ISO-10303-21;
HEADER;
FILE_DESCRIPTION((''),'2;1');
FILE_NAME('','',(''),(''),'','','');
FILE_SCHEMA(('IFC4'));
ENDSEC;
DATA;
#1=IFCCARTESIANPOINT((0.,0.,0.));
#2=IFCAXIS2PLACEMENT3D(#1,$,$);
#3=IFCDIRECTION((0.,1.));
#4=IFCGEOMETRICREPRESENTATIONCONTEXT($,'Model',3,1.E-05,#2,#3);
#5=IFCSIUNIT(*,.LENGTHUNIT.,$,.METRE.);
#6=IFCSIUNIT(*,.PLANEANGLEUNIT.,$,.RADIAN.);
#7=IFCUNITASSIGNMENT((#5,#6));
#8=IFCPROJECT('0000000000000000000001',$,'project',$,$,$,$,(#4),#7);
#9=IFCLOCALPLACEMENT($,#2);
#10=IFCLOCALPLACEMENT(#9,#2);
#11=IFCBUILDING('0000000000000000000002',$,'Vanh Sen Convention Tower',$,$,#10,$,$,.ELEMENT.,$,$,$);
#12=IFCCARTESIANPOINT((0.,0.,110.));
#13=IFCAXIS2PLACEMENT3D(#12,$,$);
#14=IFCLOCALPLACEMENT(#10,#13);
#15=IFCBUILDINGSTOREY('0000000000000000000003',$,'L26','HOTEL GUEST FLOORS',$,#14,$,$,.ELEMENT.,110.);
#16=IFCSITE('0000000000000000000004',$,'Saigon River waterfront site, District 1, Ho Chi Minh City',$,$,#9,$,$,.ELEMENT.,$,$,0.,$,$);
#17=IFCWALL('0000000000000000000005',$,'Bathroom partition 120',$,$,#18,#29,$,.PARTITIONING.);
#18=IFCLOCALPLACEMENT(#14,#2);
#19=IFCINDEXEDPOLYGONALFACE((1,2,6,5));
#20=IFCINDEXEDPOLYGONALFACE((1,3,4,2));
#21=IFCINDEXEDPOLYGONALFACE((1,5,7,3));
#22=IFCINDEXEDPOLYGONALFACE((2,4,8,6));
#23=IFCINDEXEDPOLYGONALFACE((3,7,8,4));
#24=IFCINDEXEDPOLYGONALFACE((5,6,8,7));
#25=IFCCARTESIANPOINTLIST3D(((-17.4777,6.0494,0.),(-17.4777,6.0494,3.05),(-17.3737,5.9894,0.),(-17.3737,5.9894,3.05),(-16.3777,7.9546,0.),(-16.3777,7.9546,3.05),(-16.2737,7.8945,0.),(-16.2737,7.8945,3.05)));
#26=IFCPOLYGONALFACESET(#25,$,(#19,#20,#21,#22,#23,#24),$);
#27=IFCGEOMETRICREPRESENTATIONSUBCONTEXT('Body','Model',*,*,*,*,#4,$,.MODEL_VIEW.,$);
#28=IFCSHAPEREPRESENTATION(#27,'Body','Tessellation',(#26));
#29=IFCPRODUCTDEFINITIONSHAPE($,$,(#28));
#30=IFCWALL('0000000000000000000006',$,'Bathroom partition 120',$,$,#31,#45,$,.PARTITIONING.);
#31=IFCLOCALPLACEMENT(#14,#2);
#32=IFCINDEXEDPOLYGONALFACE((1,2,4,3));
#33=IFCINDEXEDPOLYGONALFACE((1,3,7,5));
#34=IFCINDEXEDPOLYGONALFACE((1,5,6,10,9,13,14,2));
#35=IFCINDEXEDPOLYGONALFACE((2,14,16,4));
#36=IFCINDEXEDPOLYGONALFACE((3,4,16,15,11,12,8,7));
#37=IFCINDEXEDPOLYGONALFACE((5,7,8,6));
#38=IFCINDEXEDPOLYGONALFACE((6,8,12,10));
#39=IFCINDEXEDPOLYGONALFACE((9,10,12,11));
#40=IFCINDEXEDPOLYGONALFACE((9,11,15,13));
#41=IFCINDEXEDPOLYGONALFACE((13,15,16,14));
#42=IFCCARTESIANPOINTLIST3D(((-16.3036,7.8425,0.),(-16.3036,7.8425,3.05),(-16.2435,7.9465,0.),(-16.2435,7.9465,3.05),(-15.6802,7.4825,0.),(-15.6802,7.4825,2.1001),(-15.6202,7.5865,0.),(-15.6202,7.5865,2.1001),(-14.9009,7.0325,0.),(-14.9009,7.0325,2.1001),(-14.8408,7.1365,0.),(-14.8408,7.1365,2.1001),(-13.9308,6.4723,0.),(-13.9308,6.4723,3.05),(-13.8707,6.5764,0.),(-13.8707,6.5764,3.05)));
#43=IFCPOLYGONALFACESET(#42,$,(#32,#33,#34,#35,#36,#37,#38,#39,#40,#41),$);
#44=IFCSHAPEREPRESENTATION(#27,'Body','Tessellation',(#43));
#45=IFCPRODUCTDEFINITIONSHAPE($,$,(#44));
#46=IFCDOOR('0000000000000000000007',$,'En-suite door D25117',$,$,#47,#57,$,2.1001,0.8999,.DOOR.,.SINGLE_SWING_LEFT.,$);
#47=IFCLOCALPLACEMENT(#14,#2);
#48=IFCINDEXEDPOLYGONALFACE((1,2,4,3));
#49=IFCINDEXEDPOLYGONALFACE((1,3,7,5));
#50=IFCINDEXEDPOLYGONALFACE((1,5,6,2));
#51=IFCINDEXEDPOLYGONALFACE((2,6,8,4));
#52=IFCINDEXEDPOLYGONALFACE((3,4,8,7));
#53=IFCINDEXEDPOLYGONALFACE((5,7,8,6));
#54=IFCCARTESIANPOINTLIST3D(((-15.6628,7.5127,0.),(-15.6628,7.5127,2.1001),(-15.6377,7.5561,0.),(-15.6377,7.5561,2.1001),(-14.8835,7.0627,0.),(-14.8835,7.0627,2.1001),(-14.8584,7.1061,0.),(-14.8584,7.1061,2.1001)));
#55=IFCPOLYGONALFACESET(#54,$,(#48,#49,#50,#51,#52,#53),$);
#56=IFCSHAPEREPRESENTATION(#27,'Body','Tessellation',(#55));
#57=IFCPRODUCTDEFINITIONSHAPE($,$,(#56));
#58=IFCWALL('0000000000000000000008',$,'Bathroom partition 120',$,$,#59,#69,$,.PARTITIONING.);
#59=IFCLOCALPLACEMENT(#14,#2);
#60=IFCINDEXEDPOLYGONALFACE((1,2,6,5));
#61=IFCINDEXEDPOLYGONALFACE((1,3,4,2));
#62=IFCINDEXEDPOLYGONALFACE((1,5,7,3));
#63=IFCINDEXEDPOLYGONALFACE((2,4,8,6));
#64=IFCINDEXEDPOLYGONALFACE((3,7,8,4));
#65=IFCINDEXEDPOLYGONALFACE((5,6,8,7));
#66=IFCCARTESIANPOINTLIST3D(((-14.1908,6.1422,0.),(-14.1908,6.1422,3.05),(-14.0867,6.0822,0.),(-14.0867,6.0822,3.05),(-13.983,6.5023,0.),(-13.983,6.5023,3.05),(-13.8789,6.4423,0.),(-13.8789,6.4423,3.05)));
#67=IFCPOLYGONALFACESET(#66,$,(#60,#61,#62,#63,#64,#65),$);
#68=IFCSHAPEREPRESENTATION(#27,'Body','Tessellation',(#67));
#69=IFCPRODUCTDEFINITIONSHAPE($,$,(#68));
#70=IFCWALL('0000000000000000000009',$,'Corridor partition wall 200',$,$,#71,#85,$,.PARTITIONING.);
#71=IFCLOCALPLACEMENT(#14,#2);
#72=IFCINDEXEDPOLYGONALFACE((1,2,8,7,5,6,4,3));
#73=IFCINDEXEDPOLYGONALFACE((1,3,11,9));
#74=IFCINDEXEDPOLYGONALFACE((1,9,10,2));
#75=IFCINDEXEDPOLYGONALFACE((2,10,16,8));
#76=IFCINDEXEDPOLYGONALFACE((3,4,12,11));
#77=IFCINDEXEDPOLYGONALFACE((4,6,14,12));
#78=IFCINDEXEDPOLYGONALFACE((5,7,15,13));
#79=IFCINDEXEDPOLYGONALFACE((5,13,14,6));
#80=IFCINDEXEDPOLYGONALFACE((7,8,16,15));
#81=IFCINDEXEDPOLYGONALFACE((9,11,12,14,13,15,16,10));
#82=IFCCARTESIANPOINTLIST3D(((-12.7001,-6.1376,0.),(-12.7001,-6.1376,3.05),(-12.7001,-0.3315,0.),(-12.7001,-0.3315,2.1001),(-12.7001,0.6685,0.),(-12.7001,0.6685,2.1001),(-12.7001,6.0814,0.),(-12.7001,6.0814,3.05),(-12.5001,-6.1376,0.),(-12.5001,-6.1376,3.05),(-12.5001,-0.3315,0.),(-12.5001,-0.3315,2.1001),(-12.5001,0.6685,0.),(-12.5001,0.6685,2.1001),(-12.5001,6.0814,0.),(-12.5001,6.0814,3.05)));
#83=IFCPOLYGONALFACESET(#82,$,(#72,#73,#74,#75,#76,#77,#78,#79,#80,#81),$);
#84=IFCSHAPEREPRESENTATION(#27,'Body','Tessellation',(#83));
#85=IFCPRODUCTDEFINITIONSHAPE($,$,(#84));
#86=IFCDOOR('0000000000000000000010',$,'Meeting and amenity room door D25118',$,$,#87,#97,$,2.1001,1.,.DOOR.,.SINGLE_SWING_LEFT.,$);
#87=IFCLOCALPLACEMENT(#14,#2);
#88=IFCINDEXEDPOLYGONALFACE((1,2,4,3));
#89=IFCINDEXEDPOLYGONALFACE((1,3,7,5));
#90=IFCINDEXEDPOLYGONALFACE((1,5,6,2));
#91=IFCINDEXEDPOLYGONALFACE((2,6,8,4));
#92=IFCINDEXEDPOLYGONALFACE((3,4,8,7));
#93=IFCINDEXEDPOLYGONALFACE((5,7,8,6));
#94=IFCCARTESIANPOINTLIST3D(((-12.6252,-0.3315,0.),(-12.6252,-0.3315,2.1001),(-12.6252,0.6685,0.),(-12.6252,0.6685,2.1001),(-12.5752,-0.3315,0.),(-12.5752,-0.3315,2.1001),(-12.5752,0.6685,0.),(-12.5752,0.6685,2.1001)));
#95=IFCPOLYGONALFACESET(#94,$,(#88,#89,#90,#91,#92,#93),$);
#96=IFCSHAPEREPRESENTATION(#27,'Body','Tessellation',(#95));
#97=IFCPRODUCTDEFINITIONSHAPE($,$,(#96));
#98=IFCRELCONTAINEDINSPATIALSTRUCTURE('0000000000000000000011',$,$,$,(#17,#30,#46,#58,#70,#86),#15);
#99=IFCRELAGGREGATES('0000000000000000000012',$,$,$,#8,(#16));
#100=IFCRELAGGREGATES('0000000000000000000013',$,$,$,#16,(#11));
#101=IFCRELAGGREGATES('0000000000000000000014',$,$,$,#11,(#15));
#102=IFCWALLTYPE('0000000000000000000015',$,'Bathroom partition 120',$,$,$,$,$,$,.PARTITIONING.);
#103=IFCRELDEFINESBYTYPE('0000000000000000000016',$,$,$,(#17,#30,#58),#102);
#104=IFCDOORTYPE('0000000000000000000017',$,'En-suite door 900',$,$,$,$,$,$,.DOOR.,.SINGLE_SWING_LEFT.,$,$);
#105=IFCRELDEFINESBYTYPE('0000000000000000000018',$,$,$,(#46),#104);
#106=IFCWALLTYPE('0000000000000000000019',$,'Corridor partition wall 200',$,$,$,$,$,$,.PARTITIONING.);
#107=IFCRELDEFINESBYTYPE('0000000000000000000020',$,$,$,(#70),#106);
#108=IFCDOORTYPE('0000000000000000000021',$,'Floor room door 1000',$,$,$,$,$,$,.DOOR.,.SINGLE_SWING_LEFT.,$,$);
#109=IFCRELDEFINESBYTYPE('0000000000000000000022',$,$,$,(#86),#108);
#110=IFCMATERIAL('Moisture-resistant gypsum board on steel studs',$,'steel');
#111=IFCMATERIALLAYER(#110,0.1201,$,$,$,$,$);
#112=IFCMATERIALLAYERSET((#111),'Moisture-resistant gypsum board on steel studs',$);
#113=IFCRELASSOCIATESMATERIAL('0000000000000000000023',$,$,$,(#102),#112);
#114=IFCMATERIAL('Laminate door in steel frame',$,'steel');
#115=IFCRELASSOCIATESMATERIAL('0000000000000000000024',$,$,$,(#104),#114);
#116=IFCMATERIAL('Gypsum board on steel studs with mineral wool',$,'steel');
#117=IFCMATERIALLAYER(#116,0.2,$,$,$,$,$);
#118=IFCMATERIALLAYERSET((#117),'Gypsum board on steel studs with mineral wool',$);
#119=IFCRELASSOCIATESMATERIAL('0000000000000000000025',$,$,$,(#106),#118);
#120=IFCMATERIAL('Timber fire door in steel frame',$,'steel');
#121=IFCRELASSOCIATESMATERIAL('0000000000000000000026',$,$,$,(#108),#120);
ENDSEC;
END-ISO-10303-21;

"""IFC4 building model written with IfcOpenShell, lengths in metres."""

from ifc_helpers import new_model, si_unit, direction, frame, frame_2d, origin, place, context, subcontext, project, spatial, rectangle, extrude, material, layer, layer_set, type_object, element, fill, save


model = new_model("IFC4")

# Units and contexts
model_context = context("Model", 3, precision=1e-05, world=origin(), true_north=direction((0.0, 1.0)))
body_context = subcontext(model_context, "Body", "Model", "MODEL_VIEW")
ifc_project = project(units=[si_unit("LENGTHUNIT", "METRE"), si_unit("PLANEANGLEUNIT", "RADIAN")], contexts=[model_context])

# Site, building, storey
site_placement = place(None, origin())
site = spatial("IfcSite", under=ifc_project, at=site_placement, Name="Saigon River waterfront site, District 1, Ho Chi Minh City", CompositionType="ELEMENT", RefElevation=0.0)
building_placement = place(site_placement, origin())
building = spatial("IfcBuilding", under=site, at=building_placement, Name="Vanh Sen Convention Tower", CompositionType="ELEMENT")
storey_placement = place(building_placement, frame((0.0, 0.0, 110.0)))
storey = spatial("IfcBuildingStorey", under=building, at=storey_placement, Name="L26", Description="HOTEL GUEST FLOORS", CompositionType="ELEMENT", Elevation=110.0)

# Wall
ifc_material_1 = material(Name="Moisture-resistant gypsum board on steel studs", Category="steel")
ifc_layer_1 = layer(ifc_material_1, 0.1201)
ifc_layer_set_1 = layer_set([ifc_layer_1], Name="Moisture-resistant gypsum board on steel studs")
wall_type_1 = type_object("IfcWallType", Name="Bathroom partition 120", PredefinedType="PARTITIONING", material=ifc_layer_set_1)
wall_1_placement = place(storey_placement, frame((-17.4258, 6.0193, 0.0), z_axis=(0.0, 0.0, 1.0), x_axis=(0.50003, 0.866008, 0.0)))
element("IfcWall", 1, at=wall_1_placement, inside=storey, type_object=wall_type_1, Name="Bathroom partition 120", PredefinedType="PARTITIONING", context=body_context, shape_type="SweptSolid", body=[
    extrude(rectangle(XDim=2.2, YDim=0.1201, at=frame_2d((1.1001, 0.0))), origin(), (0.0, 0.0, 1.0), 3.05),
])

# Wall, opening, door
wall_2_placement = place(storey_placement, frame((-16.2737, 7.8945, 0.0), z_axis=(0.0, 0.0, 1.0), x_axis=(0.865997, -0.500049, 0.0)))
wall_2 = element("IfcWall", 2, at=wall_2_placement, inside=storey, type_object=wall_type_1, Name="Bathroom partition 120", PredefinedType="PARTITIONING", context=body_context, shape_type="SweptSolid", body=[
    extrude(rectangle(XDim=2.74, YDim=0.1201, at=frame_2d((1.3701, 0.0))), origin(), (0.0, 0.0, 1.0), 3.05),
])
opening_1_placement = place(wall_2_placement, frame((0.72, 0.0, 0.0)))
opening_1 = element("IfcOpeningElement", 3, at=opening_1_placement, cuts=wall_2, PredefinedType="OPENING", context=body_context, shape_type="SweptSolid", body=[
    extrude(rectangle(XDim=0.8999, YDim=2.1001, at=frame_2d((0.45, 1.05))), frame((0.0, 0.0701, 0.0), z_axis=(0.0, -1.0, 0.0), x_axis=(1.0, 0.0, 0.0)), (0.0, 0.0, 1.0), 0.1401),
])
ifc_material_2 = material(Name="Laminate door in steel frame", Category="steel")
door_type_1 = type_object("IfcDoorType", Name="En-suite door 900", OperationType="SINGLE_SWING_LEFT", PredefinedType="DOOR", material=ifc_material_2)
door_1_placement = place(opening_1_placement, origin())
door_1 = element("IfcDoor", 4, at=door_1_placement, inside=storey, type_object=door_type_1, Name="En-suite door D25117", OperationType="SINGLE_SWING_LEFT", OverallHeight=2.1001, OverallWidth=0.8999, PredefinedType="DOOR", context=body_context, shape_type="SweptSolid", body=[
    extrude(rectangle(XDim=0.8999, YDim=2.1001, at=frame_2d((0.45, 1.05))), frame((0.0, 0.0249, 0.0), z_axis=(0.0, -1.0, 0.0), x_axis=(1.0, 0.0, 0.0)), (0.0, 0.0, 1.0), 0.05),
])
fill(opening_1, door_1)

# Wall
wall_3_placement = place(storey_placement, frame((-13.9309, 6.4724, 0.0), z_axis=(0.0, 0.0, 1.0), x_axis=(-0.499739, -0.866176, 0.0)))
element("IfcWall", 5, at=wall_3_placement, inside=storey, type_object=wall_type_1, Name="Bathroom partition 120", PredefinedType="PARTITIONING", context=body_context, shape_type="SweptSolid", body=[
    extrude(rectangle(XDim=0.4158, YDim=0.1201, at=frame_2d((0.208, 0.0))), origin(), (0.0, 0.0, 1.0), 3.05),
])

# Wall, opening, door
ifc_material_3 = material(Name="Gypsum board on steel studs with mineral wool", Category="steel")
ifc_layer_2 = layer(ifc_material_3, 0.2)
ifc_layer_set_2 = layer_set([ifc_layer_2], Name="Gypsum board on steel studs with mineral wool")
wall_type_2 = type_object("IfcWallType", Name="Corridor partition wall 200", PredefinedType="PARTITIONING", material=ifc_layer_set_2)
wall_4_placement = place(storey_placement, frame((-12.6001, 6.0813, 0.0), z_axis=(0.0, 0.0, 1.0), x_axis=(0.0, -1.0, 0.0)))
wall_4 = element("IfcWall", 6, at=wall_4_placement, inside=storey, type_object=wall_type_2, Name="Corridor partition wall 200", PredefinedType="PARTITIONING", context=body_context, shape_type="SweptSolid", body=[
    extrude(rectangle(XDim=12.219, YDim=0.2, at=frame_2d((6.1094, 0.0))), origin(), (0.0, 0.0, 1.0), 3.05),
])
opening_2_placement = place(wall_4_placement, frame((5.4128, 0.0, 0.0)))
opening_2 = element("IfcOpeningElement", 7, at=opening_2_placement, cuts=wall_4, PredefinedType="OPENING", context=body_context, shape_type="SweptSolid", body=[
    extrude(rectangle(XDim=1.0, YDim=2.1001, at=frame_2d((0.5, 1.05))), frame((0.0, 0.1099, 0.0), z_axis=(0.0, -1.0, 0.0), x_axis=(1.0, 0.0, 0.0)), (0.0, 0.0, 1.0), 0.22),
])
ifc_material_4 = material(Name="Timber fire door in steel frame", Category="steel")
door_type_2 = type_object("IfcDoorType", Name="Floor room door 1000", OperationType="SINGLE_SWING_LEFT", PredefinedType="DOOR", material=ifc_material_4)
door_2_placement = place(opening_2_placement, origin())
door_2 = element("IfcDoor", 8, at=door_2_placement, inside=storey, type_object=door_type_2, Name="Meeting and amenity room door D25118", OperationType="SINGLE_SWING_LEFT", OverallHeight=2.1001, OverallWidth=1.0, PredefinedType="DOOR", context=body_context, shape_type="SweptSolid", body=[
    extrude(rectangle(XDim=1.0, YDim=2.1001, at=frame_2d((0.5, 1.05))), frame((0.0, 0.0249, 0.0), z_axis=(0.0, -1.0, 0.0), x_axis=(1.0, 0.0, 0.0)), (0.0, 0.0, 1.0), 0.05),
])
fill(opening_2, door_2)

save(model, "model.ifc")
